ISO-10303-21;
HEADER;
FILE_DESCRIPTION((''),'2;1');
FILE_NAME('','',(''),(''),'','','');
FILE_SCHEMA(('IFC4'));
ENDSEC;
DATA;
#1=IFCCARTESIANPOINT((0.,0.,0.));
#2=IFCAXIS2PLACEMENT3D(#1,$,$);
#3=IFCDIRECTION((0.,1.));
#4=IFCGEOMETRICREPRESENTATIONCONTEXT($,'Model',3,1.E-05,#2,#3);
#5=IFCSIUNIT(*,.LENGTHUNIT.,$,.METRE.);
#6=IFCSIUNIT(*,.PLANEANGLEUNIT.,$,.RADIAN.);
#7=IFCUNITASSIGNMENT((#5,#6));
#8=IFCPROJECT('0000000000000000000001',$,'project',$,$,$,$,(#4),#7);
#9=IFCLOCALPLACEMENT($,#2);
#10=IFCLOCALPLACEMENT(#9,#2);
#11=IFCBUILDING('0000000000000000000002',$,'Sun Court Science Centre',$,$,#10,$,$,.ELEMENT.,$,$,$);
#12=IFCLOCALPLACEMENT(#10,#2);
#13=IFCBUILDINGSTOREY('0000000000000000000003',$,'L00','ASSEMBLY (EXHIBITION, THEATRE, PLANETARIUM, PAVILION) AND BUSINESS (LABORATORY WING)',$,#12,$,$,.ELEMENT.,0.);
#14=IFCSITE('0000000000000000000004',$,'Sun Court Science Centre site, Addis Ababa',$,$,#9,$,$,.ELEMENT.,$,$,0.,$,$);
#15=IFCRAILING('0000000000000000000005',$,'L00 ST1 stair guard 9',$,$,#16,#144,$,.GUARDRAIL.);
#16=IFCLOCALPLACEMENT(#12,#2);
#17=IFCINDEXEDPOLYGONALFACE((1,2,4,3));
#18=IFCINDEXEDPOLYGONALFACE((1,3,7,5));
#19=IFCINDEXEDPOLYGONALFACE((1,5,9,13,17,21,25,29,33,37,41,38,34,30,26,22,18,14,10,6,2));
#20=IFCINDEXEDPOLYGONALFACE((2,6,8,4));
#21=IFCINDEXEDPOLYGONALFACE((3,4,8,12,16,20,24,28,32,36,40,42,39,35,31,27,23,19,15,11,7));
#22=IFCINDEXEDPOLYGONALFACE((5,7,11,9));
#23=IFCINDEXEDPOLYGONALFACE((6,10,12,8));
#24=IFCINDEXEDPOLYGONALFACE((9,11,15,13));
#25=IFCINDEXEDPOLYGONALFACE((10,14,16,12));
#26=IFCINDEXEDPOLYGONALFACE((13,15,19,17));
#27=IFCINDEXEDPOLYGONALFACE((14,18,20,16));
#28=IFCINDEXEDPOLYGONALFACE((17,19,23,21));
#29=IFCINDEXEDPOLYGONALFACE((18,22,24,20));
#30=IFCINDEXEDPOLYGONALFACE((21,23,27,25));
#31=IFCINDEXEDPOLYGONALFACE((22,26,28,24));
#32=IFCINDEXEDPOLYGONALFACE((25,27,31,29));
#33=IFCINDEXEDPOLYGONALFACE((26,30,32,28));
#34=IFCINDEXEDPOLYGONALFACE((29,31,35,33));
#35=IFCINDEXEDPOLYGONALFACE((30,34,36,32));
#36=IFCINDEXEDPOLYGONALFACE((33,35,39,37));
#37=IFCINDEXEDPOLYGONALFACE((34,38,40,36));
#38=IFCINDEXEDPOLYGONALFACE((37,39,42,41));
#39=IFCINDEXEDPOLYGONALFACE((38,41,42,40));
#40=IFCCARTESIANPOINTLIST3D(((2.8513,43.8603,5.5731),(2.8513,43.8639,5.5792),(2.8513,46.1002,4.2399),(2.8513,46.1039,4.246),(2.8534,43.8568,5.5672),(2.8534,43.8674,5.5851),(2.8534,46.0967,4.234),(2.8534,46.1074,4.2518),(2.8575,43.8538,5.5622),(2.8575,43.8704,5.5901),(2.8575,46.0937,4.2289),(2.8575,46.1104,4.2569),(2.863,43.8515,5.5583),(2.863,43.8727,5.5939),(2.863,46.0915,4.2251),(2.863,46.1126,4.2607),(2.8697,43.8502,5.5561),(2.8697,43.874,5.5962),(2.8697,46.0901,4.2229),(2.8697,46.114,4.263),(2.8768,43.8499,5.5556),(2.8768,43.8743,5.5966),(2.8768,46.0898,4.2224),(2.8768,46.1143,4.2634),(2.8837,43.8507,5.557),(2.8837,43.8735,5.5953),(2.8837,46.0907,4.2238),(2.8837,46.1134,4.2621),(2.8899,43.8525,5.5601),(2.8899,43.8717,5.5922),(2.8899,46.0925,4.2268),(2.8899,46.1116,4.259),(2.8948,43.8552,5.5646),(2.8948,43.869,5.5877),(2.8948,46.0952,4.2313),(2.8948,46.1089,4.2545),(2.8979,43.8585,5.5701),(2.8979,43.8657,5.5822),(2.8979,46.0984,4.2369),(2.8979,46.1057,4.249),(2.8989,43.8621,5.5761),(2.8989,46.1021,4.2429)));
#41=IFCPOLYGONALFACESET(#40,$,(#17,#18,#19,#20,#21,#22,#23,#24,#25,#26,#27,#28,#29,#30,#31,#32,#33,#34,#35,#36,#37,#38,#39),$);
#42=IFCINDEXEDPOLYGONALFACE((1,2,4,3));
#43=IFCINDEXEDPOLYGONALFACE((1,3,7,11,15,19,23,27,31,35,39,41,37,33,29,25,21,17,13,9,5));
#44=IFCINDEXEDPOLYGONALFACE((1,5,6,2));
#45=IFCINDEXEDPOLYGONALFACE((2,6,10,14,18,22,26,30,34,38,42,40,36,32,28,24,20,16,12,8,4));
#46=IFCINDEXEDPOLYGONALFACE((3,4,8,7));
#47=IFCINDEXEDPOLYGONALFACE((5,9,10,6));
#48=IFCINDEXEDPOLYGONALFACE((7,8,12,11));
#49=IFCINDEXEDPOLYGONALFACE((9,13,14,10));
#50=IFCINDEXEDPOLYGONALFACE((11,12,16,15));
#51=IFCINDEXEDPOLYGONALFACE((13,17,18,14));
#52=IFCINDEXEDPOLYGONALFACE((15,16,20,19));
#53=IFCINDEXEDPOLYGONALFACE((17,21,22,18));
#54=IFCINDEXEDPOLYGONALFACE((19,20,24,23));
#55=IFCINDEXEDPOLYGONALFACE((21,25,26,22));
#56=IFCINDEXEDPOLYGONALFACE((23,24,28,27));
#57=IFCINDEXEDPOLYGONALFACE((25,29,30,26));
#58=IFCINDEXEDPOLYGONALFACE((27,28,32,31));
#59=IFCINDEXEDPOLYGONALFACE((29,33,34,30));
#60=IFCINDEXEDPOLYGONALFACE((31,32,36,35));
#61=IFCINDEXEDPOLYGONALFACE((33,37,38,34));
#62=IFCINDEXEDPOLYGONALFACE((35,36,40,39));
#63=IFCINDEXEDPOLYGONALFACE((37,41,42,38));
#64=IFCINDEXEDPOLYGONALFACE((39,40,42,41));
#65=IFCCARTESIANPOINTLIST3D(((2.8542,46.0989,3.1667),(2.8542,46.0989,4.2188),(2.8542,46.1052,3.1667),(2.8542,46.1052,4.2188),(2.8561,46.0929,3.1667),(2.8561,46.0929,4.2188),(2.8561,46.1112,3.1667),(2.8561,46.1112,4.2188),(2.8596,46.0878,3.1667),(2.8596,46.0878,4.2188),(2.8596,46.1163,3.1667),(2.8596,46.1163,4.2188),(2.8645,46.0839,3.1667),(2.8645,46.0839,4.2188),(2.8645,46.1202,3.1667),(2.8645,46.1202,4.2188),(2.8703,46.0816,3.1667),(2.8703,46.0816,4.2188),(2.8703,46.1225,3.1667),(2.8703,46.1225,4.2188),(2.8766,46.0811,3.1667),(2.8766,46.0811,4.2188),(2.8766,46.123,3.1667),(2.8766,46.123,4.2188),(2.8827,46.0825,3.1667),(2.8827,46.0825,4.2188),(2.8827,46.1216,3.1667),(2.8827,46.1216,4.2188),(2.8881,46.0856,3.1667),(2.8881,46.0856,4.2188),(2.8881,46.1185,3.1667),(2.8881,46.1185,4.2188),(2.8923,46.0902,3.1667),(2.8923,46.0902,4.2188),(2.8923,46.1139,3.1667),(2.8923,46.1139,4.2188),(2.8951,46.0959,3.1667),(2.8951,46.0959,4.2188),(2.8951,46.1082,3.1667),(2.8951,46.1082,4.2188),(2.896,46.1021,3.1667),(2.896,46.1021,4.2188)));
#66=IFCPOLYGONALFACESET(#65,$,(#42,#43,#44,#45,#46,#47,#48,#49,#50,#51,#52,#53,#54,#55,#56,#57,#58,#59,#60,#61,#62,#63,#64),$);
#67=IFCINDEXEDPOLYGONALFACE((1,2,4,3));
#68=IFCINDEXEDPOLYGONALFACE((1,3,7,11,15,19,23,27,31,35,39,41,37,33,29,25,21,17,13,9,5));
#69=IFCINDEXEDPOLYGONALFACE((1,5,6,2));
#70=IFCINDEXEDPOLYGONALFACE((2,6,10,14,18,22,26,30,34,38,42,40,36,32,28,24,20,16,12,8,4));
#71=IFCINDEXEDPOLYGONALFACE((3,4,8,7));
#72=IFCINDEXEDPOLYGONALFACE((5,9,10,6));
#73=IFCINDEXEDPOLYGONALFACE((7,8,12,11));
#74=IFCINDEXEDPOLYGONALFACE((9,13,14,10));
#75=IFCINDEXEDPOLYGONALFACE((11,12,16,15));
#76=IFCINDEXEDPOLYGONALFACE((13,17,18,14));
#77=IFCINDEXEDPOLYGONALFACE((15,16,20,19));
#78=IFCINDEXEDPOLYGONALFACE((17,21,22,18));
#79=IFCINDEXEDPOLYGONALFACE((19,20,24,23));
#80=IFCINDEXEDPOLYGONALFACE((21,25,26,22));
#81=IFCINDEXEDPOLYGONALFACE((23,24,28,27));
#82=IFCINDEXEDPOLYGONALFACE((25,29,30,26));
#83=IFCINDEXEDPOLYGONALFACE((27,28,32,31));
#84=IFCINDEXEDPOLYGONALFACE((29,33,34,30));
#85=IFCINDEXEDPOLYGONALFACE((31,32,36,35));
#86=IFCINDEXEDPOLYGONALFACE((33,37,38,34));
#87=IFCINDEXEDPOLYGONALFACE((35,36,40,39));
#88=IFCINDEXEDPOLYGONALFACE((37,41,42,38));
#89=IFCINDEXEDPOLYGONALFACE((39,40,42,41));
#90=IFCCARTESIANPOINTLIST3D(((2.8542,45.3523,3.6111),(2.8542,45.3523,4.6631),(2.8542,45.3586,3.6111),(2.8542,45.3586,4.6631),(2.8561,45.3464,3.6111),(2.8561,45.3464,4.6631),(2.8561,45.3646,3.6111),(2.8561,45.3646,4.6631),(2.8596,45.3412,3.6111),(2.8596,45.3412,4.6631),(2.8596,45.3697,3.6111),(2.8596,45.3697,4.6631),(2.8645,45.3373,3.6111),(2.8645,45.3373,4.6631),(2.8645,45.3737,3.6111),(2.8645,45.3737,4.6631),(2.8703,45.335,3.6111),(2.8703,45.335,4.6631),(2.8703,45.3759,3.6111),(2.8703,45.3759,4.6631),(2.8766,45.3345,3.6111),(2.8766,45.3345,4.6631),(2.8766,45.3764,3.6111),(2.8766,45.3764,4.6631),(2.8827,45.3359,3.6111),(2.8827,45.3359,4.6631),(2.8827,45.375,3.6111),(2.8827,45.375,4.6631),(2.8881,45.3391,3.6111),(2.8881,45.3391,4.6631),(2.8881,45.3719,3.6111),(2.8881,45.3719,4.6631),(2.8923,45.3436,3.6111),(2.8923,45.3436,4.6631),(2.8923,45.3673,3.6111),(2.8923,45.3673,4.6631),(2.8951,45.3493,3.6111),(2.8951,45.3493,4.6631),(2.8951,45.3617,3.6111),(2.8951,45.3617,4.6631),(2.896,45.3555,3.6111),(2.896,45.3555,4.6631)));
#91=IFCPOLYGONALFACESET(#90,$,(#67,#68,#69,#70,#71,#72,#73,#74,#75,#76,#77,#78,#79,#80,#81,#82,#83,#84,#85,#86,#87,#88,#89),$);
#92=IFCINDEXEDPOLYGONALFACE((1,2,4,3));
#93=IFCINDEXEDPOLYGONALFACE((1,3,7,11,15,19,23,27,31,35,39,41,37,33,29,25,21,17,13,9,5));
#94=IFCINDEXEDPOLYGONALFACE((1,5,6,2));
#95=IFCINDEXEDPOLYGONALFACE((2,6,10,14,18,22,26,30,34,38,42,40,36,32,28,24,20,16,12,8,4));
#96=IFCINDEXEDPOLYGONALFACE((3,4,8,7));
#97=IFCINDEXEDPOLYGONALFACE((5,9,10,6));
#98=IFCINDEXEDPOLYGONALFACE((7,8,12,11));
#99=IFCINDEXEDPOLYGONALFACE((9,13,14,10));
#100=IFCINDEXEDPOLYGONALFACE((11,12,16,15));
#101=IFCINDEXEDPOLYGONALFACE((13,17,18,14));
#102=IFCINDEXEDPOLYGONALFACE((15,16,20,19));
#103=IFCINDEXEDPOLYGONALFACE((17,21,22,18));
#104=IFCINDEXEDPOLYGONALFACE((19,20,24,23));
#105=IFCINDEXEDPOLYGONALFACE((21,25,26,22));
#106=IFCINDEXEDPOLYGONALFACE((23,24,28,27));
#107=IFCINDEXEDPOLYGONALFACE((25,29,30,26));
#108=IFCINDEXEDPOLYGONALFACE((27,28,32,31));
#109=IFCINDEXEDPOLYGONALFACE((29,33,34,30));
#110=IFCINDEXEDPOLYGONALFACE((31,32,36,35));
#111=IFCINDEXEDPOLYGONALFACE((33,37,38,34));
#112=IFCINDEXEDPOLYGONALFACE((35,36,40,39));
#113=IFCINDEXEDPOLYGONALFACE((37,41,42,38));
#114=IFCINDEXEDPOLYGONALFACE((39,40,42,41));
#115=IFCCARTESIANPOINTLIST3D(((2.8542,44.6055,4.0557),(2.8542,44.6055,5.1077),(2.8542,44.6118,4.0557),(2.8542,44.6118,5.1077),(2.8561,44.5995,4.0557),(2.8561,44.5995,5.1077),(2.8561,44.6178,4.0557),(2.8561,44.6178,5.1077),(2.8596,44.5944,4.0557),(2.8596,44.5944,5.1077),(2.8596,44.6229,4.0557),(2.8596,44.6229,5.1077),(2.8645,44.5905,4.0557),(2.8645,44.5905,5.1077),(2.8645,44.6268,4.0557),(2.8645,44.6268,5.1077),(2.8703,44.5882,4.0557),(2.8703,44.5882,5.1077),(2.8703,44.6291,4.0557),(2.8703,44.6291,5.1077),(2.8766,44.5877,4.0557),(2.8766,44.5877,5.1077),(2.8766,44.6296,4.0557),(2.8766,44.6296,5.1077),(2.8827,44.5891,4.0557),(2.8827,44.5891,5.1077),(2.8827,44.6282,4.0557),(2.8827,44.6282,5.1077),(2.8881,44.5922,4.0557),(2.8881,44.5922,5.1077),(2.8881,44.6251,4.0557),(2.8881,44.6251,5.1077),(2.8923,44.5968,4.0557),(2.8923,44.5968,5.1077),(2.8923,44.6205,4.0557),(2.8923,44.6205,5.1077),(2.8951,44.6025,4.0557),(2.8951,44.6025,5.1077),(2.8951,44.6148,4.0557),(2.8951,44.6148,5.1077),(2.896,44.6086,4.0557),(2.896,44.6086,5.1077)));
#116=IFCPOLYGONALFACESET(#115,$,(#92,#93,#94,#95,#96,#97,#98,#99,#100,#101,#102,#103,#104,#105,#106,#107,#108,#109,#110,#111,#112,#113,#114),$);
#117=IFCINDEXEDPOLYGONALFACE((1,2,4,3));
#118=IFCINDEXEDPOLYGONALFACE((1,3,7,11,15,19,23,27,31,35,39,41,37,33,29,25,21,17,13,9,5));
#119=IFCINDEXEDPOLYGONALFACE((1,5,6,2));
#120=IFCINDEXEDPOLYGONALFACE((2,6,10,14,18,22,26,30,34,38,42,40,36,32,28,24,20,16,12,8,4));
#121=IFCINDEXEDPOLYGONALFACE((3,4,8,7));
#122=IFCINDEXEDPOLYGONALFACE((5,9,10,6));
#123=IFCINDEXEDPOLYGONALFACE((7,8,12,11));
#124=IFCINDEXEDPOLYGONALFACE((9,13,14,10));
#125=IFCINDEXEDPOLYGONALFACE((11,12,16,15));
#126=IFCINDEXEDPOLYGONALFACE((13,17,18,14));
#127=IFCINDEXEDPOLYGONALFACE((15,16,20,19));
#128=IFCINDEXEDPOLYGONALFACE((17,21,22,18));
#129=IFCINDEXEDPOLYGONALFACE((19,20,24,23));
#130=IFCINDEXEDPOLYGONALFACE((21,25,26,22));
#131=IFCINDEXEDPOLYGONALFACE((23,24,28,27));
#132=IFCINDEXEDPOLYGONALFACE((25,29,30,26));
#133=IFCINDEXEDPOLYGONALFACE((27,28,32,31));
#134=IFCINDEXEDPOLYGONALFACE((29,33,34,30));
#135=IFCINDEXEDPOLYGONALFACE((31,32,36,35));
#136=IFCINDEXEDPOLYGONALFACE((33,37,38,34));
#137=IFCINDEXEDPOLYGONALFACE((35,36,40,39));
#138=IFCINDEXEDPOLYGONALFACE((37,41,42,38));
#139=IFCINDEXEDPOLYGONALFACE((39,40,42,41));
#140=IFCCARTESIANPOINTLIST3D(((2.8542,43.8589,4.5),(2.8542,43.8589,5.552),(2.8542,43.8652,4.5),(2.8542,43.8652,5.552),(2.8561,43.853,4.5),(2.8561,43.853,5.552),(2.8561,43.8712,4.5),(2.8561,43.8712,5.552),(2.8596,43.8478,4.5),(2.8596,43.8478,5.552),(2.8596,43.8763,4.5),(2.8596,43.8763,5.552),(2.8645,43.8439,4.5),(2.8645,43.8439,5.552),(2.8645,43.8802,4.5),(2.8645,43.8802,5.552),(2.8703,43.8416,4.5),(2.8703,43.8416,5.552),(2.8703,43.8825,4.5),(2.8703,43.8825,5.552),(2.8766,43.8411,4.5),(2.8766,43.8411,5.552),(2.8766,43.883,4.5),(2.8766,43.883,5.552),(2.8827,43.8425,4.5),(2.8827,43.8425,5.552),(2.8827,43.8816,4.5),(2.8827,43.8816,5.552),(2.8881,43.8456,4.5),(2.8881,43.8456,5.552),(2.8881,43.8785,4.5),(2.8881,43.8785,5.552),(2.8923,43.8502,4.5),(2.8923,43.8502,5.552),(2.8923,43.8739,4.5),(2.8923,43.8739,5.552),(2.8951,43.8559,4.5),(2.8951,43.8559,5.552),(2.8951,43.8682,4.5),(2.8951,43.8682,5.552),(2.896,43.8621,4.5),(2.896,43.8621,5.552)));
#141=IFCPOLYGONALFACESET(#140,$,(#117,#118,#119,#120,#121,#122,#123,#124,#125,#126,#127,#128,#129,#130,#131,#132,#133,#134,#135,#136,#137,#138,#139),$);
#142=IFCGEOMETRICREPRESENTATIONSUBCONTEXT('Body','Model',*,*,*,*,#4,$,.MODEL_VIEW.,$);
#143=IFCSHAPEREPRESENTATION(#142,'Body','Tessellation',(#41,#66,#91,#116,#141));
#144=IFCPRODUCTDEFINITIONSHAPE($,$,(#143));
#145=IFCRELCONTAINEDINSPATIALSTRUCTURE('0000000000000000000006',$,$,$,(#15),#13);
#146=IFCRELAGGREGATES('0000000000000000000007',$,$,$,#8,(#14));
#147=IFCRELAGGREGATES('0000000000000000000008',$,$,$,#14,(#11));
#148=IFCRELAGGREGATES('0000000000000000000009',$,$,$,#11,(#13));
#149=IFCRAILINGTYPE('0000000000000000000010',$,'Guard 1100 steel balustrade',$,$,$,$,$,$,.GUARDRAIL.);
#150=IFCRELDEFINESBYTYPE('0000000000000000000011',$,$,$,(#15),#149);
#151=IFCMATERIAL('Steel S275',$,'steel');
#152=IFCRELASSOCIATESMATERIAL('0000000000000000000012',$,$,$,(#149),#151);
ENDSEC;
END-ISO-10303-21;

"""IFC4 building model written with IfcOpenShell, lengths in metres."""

from ifc_helpers import new_model, si_unit, direction, frame, origin, origin_2d, place, context, subcontext, project, spatial, circle, extrude, material, type_object, element, save


model = new_model("IFC4")

# Units and contexts
model_context = context("Model", 3, precision=1e-05, world=origin(), true_north=direction((0.0, 1.0)))
body_context = subcontext(model_context, "Body", "Model", "MODEL_VIEW")
ifc_project = project(units=[si_unit("LENGTHUNIT", "METRE"), si_unit("PLANEANGLEUNIT", "RADIAN")], contexts=[model_context])

# Site, building, storey
site_placement = place(None, origin())
site = spatial("IfcSite", under=ifc_project, at=site_placement, Name="Sun Court Science Centre site, Addis Ababa", CompositionType="ELEMENT", RefElevation=0.0)
building_placement = place(site_placement, origin())
building = spatial("IfcBuilding", under=site, at=building_placement, Name="Sun Court Science Centre", CompositionType="ELEMENT")
storey_placement = place(building_placement, origin())
storey = spatial("IfcBuildingStorey", under=building, at=storey_placement, Name="L00", Description="ASSEMBLY (EXHIBITION, THEATRE, PLANETARIUM, PAVILION) AND BUSINESS (LABORATORY WING)", CompositionType="ELEMENT", Elevation=0.0)

# Railing
ifc_material_1 = material(Name="Steel S275", Category="steel")
railing_type_1 = type_object("IfcRailingType", Name="Guard 1100 steel balustrade", PredefinedType="GUARDRAIL", material=ifc_material_1)
railing_1_placement = place(storey_placement, frame((2.875, 46.1021, 3.1667)))
element("IfcRailing", 1, at=railing_1_placement, inside=storey, type_object=railing_type_1, Name="L00 ST1 stair guard 9", PredefinedType="GUARDRAIL", context=body_context, shape_type="SweptSolid", body=[
    extrude(circle(Radius=0.0239, at=origin_2d()), frame((0.0, 0.0, 1.0762), z_axis=(0.0, -0.859306, 0.511462), x_axis=(1.0, 0.0, 0.0)), (0.0, 0.0, 1.0), 2.6067),
    extrude(circle(Radius=0.021, at=origin_2d()), origin(), (0.0, 0.0, 1.0), 1.052),
    extrude(circle(Radius=0.021, at=origin_2d()), frame((0.0, -0.7466, 0.4443)), (0.0, 0.0, 1.0), 1.052),
    extrude(circle(Radius=0.021, at=origin_2d()), frame((0.0, -1.4934, 0.8889)), (0.0, 0.0, 1.0), 1.052),
    extrude(circle(Radius=0.021, at=origin_2d()), frame((0.0, -2.24, 1.3333)), (0.0, 0.0, 1.0), 1.052),
])

save(model, "model.ifc")
